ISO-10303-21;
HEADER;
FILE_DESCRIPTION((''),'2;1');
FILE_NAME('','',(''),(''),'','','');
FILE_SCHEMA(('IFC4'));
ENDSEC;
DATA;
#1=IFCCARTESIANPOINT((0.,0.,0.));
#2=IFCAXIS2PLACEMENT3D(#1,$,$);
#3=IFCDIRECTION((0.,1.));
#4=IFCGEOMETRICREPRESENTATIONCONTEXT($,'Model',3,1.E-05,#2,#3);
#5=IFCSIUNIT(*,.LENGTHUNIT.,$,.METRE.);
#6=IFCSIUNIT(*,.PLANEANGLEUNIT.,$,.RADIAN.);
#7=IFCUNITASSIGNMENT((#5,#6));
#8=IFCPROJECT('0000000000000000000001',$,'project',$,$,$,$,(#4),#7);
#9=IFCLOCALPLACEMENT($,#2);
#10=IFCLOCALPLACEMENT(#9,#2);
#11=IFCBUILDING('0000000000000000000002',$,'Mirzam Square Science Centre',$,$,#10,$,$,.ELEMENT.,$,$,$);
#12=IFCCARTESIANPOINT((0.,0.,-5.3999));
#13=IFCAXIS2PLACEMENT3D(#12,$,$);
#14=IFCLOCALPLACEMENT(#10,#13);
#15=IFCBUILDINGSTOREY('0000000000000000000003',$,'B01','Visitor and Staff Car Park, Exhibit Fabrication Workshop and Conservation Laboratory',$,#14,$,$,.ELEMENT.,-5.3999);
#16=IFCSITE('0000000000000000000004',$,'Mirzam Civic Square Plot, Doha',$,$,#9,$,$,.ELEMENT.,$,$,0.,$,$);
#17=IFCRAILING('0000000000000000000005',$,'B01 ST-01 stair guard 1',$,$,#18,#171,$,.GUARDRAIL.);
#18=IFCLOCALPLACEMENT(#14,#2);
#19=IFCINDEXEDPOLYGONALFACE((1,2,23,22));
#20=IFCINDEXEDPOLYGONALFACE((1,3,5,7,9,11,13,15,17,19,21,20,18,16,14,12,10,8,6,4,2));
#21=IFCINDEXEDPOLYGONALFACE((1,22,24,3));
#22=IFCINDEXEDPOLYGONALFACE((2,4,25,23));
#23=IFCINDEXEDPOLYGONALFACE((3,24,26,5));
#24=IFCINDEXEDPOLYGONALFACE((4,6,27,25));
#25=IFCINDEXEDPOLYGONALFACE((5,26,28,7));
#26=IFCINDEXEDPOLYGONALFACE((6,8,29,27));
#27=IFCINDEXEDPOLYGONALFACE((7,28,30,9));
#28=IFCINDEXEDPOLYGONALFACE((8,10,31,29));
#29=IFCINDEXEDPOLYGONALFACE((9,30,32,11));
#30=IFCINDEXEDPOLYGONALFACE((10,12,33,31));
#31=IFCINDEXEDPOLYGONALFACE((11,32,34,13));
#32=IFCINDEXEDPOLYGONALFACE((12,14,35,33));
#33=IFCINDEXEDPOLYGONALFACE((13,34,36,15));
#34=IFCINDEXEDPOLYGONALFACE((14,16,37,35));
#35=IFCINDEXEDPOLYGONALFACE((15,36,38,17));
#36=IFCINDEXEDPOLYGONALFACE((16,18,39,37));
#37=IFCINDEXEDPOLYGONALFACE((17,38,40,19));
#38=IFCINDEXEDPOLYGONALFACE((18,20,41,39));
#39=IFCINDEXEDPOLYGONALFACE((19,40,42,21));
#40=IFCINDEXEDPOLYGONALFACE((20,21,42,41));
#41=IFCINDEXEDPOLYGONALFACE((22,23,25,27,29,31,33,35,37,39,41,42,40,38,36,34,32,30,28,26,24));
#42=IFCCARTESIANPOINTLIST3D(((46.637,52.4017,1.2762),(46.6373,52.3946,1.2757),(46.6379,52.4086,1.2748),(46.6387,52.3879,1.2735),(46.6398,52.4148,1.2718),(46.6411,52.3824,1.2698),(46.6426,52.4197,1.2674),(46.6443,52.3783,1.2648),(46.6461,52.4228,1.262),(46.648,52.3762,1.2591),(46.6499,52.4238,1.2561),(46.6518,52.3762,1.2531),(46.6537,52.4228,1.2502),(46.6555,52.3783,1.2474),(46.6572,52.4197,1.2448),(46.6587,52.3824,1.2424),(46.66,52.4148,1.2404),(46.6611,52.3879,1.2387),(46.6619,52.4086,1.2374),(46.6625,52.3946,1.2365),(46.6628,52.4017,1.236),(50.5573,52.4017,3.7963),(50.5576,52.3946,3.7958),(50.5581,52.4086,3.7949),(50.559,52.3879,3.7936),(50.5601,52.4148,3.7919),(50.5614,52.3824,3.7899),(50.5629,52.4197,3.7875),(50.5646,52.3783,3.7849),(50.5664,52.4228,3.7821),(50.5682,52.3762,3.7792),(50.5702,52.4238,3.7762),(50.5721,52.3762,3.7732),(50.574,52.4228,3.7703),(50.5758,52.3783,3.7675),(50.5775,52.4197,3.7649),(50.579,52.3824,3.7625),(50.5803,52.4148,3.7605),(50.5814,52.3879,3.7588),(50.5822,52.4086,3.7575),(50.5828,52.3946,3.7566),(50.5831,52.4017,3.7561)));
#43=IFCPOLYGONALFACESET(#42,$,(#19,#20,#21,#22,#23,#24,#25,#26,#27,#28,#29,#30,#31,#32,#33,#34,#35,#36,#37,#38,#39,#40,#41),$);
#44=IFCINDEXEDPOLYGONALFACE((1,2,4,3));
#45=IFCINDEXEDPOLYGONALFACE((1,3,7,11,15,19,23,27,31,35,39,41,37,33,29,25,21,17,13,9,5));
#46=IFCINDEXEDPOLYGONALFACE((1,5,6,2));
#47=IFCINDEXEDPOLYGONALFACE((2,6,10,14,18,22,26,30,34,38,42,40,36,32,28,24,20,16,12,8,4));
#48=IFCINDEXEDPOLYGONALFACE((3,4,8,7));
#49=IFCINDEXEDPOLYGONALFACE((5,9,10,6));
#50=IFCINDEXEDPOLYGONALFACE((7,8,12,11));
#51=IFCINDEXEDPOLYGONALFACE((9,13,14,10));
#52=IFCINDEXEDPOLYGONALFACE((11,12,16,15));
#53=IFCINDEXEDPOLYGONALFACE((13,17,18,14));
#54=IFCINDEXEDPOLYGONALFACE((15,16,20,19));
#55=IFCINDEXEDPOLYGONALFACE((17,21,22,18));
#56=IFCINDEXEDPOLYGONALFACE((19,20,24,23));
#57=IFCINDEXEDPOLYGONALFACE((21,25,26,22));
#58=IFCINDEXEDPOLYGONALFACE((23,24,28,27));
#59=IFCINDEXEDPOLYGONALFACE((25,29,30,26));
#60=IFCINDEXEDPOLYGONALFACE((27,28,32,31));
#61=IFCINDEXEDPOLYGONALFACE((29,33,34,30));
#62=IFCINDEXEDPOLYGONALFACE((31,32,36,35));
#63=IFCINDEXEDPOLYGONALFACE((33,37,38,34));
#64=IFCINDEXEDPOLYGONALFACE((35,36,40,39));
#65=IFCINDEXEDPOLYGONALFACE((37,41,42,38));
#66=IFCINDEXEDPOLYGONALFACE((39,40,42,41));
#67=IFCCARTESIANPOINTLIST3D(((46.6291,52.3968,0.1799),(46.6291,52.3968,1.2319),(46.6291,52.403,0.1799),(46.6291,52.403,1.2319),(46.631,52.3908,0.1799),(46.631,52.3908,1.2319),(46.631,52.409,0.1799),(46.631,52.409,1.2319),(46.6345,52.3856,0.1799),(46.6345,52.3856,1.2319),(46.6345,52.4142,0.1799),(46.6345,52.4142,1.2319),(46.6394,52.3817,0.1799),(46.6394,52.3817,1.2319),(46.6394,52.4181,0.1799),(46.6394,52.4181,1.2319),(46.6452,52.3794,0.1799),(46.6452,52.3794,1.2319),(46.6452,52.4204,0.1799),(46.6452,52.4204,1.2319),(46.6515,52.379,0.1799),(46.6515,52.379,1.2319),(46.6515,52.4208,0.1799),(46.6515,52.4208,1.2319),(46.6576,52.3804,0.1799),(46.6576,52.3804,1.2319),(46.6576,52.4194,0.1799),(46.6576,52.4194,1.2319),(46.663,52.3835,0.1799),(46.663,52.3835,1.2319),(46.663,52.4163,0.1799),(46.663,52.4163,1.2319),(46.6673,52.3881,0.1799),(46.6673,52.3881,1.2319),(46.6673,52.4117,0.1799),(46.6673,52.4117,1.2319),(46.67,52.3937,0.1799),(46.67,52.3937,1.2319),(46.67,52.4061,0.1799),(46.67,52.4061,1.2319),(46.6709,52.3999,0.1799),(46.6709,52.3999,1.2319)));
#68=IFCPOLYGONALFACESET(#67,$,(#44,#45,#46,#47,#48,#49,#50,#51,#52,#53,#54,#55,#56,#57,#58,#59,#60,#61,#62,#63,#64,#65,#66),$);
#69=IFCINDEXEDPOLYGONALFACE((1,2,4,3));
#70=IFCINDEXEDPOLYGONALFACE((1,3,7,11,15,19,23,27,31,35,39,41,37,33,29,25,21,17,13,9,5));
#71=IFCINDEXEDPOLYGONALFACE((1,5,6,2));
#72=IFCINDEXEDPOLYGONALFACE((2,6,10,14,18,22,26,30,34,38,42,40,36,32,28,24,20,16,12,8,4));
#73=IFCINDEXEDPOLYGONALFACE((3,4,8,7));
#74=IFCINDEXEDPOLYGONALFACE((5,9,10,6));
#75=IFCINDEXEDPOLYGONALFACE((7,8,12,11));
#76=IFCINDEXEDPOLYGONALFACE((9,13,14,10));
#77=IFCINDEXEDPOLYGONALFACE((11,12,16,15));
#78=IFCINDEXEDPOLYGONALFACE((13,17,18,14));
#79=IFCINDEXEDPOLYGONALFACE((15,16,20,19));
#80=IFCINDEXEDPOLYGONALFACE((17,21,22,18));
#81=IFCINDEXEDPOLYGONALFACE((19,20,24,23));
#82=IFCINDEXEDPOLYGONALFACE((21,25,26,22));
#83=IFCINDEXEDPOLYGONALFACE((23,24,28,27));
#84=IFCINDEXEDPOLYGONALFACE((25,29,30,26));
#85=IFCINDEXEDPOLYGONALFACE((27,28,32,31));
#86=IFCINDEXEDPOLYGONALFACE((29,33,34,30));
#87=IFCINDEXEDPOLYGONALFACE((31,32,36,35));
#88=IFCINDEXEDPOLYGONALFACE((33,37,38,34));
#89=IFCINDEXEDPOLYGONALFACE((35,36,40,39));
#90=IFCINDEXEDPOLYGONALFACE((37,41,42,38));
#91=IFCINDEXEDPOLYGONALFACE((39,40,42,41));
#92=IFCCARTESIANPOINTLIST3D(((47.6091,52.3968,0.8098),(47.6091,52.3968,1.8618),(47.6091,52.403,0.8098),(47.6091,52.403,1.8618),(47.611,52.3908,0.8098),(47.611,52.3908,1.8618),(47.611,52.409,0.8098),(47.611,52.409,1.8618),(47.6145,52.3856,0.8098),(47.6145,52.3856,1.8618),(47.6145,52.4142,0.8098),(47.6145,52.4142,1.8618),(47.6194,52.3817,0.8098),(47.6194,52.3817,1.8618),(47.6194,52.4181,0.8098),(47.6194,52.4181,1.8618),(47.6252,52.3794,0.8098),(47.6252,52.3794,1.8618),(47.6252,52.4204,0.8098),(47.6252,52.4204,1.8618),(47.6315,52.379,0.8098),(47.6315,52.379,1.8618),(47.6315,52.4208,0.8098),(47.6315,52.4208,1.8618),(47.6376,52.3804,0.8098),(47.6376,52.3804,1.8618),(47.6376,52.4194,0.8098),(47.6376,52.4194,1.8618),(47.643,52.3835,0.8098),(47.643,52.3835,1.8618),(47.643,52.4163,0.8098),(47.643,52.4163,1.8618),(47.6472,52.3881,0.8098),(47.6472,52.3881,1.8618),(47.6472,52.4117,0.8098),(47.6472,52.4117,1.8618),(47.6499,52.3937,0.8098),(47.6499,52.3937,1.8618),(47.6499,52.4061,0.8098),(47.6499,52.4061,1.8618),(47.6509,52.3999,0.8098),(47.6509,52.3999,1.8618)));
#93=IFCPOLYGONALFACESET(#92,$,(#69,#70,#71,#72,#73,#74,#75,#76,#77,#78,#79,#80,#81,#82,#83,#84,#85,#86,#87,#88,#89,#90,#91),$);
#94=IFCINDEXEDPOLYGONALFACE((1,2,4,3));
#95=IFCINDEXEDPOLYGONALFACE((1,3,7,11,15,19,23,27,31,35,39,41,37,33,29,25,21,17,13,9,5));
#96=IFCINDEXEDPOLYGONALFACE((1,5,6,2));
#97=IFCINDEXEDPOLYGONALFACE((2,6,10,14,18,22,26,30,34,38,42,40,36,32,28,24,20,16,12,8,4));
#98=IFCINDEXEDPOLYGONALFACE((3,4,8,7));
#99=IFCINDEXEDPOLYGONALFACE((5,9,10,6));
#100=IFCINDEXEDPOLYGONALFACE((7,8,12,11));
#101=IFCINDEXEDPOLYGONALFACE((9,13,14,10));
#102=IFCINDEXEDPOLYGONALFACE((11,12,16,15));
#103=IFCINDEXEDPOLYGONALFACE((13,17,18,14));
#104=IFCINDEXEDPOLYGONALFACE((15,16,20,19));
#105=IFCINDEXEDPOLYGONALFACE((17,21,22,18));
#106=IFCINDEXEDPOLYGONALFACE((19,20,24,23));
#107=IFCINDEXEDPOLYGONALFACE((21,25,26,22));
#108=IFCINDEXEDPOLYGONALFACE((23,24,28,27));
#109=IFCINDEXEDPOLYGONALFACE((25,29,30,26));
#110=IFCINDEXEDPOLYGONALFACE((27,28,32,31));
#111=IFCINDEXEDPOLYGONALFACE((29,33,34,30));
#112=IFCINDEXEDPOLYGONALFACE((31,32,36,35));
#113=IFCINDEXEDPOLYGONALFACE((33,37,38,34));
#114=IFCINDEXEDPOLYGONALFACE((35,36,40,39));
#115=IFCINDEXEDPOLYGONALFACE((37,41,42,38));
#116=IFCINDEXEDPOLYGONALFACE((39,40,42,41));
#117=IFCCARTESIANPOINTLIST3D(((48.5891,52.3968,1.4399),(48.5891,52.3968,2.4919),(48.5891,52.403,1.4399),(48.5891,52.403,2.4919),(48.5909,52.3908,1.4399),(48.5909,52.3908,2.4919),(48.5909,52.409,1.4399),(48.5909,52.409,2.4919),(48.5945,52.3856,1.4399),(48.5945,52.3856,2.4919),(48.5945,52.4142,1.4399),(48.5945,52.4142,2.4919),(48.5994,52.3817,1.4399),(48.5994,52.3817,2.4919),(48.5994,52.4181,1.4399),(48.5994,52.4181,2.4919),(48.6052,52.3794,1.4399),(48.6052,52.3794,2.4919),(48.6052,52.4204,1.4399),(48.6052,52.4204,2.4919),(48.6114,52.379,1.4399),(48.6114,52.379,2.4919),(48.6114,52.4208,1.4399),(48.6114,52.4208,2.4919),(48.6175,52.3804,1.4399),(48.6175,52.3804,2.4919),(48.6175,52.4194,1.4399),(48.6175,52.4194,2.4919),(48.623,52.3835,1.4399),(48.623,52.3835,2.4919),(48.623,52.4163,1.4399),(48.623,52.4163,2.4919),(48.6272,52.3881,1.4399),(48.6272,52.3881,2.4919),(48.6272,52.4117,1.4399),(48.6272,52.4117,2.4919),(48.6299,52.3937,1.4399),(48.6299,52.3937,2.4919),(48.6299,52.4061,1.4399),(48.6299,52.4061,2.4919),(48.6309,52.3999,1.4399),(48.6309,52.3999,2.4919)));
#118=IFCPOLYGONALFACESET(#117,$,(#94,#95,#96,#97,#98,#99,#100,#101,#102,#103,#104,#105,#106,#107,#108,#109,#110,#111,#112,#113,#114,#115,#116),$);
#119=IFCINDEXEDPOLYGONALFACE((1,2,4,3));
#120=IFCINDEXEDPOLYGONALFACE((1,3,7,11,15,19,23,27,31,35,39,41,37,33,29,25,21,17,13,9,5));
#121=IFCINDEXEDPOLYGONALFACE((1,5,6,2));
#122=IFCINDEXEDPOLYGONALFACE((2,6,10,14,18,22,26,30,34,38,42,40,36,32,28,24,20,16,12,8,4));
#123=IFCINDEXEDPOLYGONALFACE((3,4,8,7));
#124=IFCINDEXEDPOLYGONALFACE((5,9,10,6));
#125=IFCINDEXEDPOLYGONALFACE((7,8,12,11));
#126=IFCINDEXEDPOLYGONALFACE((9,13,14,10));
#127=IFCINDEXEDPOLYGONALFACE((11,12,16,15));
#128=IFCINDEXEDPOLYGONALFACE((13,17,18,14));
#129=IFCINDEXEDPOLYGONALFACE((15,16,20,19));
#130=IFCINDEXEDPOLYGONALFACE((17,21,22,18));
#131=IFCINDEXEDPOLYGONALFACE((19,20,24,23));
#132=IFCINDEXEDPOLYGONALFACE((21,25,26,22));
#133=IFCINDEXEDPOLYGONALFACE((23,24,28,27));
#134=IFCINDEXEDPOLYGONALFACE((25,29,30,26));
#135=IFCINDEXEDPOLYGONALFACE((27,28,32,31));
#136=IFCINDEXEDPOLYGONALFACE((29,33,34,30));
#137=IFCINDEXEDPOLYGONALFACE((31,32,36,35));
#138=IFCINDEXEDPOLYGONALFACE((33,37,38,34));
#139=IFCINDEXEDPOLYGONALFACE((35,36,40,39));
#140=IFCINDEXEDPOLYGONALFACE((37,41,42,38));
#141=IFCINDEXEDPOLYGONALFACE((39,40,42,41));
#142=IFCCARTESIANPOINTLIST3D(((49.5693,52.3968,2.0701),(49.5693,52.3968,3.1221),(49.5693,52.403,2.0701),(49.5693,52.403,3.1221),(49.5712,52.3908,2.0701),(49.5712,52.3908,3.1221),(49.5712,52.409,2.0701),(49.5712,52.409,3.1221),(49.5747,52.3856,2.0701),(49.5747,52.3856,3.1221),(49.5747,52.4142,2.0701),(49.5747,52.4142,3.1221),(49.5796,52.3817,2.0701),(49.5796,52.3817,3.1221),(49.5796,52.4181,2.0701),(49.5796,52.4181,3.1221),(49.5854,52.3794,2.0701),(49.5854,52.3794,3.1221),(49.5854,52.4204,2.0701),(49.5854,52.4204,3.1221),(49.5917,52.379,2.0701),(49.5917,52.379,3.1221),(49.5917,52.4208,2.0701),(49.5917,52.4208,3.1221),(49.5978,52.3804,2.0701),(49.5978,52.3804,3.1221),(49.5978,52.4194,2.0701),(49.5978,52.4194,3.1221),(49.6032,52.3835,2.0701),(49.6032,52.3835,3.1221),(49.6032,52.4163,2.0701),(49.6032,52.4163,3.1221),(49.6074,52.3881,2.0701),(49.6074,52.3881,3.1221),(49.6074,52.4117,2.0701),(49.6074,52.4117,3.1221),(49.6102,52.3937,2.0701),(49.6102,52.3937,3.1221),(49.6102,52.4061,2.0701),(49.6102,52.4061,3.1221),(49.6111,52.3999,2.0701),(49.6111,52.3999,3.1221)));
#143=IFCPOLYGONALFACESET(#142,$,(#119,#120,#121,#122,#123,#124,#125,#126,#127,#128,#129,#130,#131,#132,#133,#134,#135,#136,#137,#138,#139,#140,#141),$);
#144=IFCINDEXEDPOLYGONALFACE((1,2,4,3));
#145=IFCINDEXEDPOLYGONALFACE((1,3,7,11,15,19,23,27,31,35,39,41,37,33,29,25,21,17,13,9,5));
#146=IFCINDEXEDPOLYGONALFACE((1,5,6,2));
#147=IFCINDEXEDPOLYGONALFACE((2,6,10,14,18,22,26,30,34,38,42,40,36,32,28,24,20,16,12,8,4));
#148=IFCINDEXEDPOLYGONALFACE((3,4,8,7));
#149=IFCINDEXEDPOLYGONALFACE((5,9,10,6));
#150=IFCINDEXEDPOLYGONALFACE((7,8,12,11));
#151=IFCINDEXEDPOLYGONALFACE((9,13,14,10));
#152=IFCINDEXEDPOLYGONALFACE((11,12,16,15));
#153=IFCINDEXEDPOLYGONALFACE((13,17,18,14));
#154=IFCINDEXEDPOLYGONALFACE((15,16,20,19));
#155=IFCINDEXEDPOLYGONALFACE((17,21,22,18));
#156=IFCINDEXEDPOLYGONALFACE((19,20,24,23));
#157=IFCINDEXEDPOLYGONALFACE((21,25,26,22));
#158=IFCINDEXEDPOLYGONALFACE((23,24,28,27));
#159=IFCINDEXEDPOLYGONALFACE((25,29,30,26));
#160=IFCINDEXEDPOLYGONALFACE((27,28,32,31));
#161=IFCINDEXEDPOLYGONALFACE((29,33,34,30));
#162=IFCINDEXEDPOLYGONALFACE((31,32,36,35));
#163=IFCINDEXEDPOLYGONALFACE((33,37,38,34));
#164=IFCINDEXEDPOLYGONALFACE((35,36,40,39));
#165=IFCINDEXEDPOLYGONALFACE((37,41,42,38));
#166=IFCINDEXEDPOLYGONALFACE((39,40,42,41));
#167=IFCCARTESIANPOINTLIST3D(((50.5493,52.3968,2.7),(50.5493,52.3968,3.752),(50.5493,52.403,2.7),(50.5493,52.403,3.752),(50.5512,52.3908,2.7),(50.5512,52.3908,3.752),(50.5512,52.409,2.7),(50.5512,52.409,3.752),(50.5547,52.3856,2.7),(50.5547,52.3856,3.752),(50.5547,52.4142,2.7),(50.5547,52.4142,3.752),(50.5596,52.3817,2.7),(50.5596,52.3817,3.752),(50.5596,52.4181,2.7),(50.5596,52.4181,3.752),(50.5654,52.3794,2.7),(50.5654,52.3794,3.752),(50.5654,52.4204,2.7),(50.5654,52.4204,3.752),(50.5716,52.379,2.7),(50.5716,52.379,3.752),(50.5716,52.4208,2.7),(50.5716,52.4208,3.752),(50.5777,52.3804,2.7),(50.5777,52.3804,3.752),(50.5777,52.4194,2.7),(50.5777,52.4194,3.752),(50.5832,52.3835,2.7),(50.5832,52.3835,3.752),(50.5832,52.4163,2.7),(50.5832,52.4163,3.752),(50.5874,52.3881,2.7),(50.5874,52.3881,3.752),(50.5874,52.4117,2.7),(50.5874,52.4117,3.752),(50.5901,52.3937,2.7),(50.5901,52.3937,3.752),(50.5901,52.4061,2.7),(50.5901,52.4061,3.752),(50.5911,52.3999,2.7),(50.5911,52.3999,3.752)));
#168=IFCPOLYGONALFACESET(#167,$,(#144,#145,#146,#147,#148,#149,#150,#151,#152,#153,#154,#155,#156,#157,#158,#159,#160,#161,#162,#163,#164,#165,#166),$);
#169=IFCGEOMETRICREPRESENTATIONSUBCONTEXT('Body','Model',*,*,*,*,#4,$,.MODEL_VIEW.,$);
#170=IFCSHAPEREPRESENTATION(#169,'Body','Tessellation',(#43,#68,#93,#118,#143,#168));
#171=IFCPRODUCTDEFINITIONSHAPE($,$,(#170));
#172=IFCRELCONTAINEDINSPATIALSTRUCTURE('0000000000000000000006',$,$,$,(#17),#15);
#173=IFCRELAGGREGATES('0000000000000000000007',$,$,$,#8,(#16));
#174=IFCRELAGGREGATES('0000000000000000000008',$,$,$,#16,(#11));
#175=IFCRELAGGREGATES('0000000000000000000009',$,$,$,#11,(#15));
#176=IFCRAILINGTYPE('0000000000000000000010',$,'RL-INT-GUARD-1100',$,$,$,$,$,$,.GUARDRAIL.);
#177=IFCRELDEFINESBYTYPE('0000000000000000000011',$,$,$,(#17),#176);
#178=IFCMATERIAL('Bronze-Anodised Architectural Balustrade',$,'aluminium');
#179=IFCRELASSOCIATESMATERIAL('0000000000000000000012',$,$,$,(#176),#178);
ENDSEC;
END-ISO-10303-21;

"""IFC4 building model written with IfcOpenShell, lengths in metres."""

from ifc_helpers import new_model, si_unit, direction, frame, origin, origin_2d, place, context, subcontext, project, spatial, circle, extrude, material, type_object, element, save


model = new_model("IFC4")

# Units and contexts
model_context = context("Model", 3, precision=1e-05, world=origin(), true_north=direction((0.0, 1.0)))
body_context = subcontext(model_context, "Body", "Model", "MODEL_VIEW")
ifc_project = project(units=[si_unit("LENGTHUNIT", "METRE"), si_unit("PLANEANGLEUNIT", "RADIAN")], contexts=[model_context])

# Site, building, storey
site_placement = place(None, origin())
site = spatial("IfcSite", under=ifc_project, at=site_placement, Name="Mirzam Civic Square Plot, Doha", CompositionType="ELEMENT", RefElevation=0.0)
building_placement = place(site_placement, origin())
building = spatial("IfcBuilding", under=site, at=building_placement, Name="Mirzam Square Science Centre", CompositionType="ELEMENT")
storey_placement = place(building_placement, frame((0.0, 0.0, -5.3999)))
storey = spatial("IfcBuildingStorey", under=building, at=storey_placement, Name="B01", Description="Visitor and Staff Car Park, Exhibit Fabrication Workshop and Conservation Laboratory", CompositionType="ELEMENT", Elevation=-5.3999)

# Railing
ifc_material_1 = material(Name="Bronze-Anodised Architectural Balustrade", Category="aluminium")
railing_type_1 = type_object("IfcRailingType", Name="RL-INT-GUARD-1100", PredefinedType="GUARDRAIL", material=ifc_material_1)
railing_1_placement = place(storey_placement, frame((46.6499, 52.3999, 0.1799)))
element("IfcRailing", 1, at=railing_1_placement, inside=storey, type_object=railing_type_1, Name="B01 ST-01 stair guard 1", PredefinedType="GUARDRAIL", context=body_context, shape_type="SweptSolid", body=[
    extrude(circle(Radius=0.0239, at=origin_2d()), frame((0.0, 0.0, 1.0762), z_axis=(0.841187, 0.0, 0.540744), x_axis=(0.0, 1.0, 0.0)), (0.0, 0.0, 1.0), 4.6604),
    extrude(circle(Radius=0.021, at=origin_2d()), origin(), (0.0, 0.0, 1.0), 1.052),
    extrude(circle(Radius=0.021, at=origin_2d()), frame((0.98, 0.0, 0.6299)), (0.0, 0.0, 1.0), 1.052),
    extrude(circle(Radius=0.021, at=origin_2d()), frame((1.96, 0.0, 1.26)), (0.0, 0.0, 1.0), 1.052),
    extrude(circle(Radius=0.021, at=origin_2d()), frame((2.9402, 0.0, 1.8901)), (0.0, 0.0, 1.0), 1.052),
    extrude(circle(Radius=0.021, at=origin_2d()), frame((3.9202, 0.0, 2.52)), (0.0, 0.0, 1.0), 1.052),
])

save(model, "model.ifc")
